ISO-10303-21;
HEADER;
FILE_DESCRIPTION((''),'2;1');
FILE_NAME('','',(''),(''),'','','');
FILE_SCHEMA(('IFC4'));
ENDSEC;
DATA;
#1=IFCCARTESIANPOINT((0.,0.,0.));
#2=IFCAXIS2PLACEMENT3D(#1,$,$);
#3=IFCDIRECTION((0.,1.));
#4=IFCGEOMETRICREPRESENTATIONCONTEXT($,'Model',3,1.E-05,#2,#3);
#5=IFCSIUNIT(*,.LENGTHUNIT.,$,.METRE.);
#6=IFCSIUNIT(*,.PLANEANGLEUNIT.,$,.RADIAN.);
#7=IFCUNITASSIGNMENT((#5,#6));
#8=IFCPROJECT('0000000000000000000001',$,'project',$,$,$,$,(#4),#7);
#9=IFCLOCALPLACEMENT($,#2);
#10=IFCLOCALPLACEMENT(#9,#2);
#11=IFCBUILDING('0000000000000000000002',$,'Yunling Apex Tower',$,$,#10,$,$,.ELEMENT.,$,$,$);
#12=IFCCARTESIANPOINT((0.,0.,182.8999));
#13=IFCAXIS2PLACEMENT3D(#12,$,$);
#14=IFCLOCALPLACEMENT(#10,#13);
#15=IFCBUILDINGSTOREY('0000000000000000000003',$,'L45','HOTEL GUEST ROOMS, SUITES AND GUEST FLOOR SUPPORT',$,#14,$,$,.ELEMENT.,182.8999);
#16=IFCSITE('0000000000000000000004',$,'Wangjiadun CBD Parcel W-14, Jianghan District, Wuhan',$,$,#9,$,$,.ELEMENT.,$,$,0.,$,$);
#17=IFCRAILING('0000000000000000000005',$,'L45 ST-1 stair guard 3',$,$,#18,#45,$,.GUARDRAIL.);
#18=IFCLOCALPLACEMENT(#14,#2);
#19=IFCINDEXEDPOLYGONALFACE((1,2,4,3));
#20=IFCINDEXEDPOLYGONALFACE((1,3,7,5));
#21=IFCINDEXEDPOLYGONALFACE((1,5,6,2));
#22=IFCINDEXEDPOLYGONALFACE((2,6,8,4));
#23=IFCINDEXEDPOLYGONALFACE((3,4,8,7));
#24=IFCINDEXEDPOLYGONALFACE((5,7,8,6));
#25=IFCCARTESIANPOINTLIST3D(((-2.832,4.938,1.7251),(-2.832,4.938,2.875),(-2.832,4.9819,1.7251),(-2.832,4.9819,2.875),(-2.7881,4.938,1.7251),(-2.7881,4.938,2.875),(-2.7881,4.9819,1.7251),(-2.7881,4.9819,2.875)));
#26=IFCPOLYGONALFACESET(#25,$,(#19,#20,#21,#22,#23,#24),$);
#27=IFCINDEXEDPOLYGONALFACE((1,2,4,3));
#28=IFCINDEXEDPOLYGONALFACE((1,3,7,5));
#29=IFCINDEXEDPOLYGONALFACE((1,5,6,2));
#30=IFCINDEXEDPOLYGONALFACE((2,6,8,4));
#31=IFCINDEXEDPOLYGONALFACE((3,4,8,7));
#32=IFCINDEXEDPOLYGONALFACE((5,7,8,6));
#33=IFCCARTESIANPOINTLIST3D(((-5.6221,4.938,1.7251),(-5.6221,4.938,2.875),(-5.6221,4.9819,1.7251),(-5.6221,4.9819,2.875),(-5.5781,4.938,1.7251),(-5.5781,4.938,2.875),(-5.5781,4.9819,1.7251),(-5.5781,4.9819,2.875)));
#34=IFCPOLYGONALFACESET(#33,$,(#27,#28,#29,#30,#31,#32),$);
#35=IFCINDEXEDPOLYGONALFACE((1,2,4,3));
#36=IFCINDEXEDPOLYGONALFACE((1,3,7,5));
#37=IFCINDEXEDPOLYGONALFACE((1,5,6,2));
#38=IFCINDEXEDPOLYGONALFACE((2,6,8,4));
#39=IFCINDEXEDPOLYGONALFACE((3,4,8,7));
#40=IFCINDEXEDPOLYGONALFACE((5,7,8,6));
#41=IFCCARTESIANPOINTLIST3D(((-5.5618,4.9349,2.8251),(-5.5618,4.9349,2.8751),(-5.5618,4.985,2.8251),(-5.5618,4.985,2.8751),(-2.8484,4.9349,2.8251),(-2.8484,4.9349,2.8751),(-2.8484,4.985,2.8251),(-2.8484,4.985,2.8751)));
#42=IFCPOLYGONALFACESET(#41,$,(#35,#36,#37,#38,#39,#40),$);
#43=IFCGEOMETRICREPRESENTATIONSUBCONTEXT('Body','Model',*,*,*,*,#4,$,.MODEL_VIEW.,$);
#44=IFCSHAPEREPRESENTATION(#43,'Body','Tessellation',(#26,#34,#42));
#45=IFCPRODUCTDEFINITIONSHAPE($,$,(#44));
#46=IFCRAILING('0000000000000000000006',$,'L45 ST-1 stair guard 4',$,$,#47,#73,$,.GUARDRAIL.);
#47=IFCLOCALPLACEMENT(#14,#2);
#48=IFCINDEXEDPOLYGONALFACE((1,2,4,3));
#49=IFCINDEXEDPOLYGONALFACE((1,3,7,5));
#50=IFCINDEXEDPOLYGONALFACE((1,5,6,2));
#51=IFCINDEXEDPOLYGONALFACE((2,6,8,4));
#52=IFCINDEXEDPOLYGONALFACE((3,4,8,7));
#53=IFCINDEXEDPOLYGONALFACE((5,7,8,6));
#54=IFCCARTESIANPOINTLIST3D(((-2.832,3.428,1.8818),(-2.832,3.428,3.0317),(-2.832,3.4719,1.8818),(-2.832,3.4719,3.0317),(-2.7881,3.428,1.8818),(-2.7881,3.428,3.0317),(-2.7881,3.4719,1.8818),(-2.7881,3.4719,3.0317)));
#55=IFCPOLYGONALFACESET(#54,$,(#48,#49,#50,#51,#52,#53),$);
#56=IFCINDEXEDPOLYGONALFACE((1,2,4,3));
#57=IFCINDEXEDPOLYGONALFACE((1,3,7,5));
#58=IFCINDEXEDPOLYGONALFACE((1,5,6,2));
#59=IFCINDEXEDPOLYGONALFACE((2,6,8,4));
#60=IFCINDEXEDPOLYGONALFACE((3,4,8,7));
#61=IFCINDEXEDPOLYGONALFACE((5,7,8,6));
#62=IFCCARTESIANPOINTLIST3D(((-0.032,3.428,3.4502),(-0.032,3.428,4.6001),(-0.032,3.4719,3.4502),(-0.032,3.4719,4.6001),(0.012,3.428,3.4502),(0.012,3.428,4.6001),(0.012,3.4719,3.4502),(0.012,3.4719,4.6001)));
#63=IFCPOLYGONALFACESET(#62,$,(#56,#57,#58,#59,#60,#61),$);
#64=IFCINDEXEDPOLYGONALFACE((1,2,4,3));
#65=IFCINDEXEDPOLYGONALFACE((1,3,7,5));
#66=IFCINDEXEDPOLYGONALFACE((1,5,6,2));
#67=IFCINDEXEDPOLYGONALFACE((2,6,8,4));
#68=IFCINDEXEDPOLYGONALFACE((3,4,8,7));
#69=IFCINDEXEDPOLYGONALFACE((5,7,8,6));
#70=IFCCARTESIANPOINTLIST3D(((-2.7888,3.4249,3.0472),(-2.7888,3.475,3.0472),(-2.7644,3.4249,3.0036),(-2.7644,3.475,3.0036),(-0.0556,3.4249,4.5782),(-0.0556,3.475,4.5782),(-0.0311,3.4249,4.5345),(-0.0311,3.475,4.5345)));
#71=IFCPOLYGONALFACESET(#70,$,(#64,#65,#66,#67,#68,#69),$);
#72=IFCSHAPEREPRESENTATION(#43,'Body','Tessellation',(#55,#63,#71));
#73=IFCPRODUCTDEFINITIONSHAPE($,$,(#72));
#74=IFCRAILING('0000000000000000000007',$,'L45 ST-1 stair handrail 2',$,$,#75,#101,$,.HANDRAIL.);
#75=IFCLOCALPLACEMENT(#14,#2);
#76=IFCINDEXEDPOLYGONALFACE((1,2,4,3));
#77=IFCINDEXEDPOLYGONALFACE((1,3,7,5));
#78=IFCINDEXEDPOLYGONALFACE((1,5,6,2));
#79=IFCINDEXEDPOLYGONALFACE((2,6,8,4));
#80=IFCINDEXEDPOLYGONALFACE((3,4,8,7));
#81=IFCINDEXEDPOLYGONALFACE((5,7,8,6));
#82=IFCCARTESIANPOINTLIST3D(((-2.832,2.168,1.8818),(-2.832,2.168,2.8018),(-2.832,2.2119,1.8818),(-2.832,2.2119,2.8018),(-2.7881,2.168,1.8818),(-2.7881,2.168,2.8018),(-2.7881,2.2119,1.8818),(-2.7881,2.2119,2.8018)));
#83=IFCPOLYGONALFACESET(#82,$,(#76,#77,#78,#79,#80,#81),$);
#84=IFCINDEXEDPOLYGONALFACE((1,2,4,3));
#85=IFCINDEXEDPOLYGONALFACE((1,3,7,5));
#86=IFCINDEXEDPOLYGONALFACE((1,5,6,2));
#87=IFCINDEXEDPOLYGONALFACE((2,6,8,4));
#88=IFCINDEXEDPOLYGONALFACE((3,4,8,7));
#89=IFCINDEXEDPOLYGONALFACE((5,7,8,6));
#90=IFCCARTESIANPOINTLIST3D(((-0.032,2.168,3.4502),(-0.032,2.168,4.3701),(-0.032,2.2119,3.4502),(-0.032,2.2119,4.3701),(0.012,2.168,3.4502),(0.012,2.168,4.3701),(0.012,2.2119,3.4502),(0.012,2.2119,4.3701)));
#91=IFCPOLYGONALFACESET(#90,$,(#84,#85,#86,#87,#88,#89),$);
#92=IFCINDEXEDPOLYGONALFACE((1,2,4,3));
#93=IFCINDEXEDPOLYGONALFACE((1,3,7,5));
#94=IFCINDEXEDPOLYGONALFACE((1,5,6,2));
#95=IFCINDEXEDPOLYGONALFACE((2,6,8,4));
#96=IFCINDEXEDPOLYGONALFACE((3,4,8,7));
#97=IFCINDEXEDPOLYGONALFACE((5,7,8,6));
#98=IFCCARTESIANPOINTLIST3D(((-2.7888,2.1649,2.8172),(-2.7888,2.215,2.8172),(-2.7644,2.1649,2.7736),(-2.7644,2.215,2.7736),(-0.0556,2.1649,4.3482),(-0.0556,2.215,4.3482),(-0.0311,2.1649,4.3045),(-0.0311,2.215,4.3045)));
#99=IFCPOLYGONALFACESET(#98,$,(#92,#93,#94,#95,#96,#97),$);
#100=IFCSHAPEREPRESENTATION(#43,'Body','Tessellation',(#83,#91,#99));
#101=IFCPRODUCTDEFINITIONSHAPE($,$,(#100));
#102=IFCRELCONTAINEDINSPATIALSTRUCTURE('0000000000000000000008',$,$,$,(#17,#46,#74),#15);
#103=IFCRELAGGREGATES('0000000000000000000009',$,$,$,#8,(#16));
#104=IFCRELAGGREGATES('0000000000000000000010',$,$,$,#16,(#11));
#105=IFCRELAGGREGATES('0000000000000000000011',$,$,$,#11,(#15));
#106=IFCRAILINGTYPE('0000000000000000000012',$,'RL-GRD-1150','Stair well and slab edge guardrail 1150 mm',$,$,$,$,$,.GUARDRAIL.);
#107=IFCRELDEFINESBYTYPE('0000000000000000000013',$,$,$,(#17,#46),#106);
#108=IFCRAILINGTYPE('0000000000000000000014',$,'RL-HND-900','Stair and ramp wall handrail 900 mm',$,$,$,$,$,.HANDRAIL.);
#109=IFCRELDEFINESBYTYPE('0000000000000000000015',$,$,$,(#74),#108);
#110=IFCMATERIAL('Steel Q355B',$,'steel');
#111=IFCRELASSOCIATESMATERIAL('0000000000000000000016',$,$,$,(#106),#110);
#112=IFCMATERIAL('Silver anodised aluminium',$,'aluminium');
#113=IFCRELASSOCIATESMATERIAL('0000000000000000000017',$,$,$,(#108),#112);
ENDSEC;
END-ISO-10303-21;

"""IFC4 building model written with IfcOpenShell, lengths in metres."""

from ifc_helpers import new_model, si_unit, direction, frame, origin, origin_2d, place, context, subcontext, project, spatial, rectangle, extrude, material, type_object, element, save


model = new_model("IFC4")

# Units and contexts
model_context = context("Model", 3, precision=1e-05, world=origin(), true_north=direction((0.0, 1.0)))
body_context = subcontext(model_context, "Body", "Model", "MODEL_VIEW")
ifc_project = project(units=[si_unit("LENGTHUNIT", "METRE"), si_unit("PLANEANGLEUNIT", "RADIAN")], contexts=[model_context])

# Site, building, storey
site_placement = place(None, origin())
site = spatial("IfcSite", under=ifc_project, at=site_placement, Name="Wangjiadun CBD Parcel W-14, Jianghan District, Wuhan", CompositionType="ELEMENT", RefElevation=0.0)
building_placement = place(site_placement, origin())
building = spatial("IfcBuilding", under=site, at=building_placement, Name="Yunling Apex Tower", CompositionType="ELEMENT")
storey_placement = place(building_placement, frame((0.0, 0.0, 182.8999)))
storey = spatial("IfcBuildingStorey", under=building, at=storey_placement, Name="L45", Description="HOTEL GUEST ROOMS, SUITES AND GUEST FLOOR SUPPORT", CompositionType="ELEMENT", Elevation=182.8999)

# Shared definitions
ifc_material_1 = material(Name="Steel Q355B", Category="steel")

# Shared definitions
ifc_material_2 = material(Name="Silver anodised aluminium", Category="aluminium")

# Railings
railing_type_1 = type_object("IfcRailingType", Name="RL-GRD-1150", Description="Stair well and slab edge guardrail 1150 mm", PredefinedType="GUARDRAIL", material=ifc_material_1)
railing_1_placement = place(storey_placement, frame((-2.8101, 4.96, 1.7251)))
element("IfcRailing", 1, at=railing_1_placement, inside=storey, type_object=railing_type_1, Name="L45 ST-1 stair guard 3", PredefinedType="GUARDRAIL", context=body_context, shape_type="SweptSolid", body=[
    extrude(rectangle(XDim=0.0439, YDim=0.0439, at=origin_2d()), origin(), (0.0, 0.0, 1.0), 1.1499),
    extrude(rectangle(XDim=0.0439, YDim=0.0439, at=origin_2d()), frame((-2.79, 0.0, 0.0)), (0.0, 0.0, 1.0), 1.1499),
    extrude(rectangle(XDim=0.05, YDim=0.05, at=origin_2d()), frame((-0.0383, 0.0, 1.125), z_axis=(-1.0, 0.0, 0.0), x_axis=(0.0, -1.0, 0.0)), (0.0, 0.0, 1.0), 2.7134),
])
railing_2_placement = place(storey_placement, frame((-2.8101, 3.45, 1.8818)))
element("IfcRailing", 2, at=railing_2_placement, inside=storey, type_object=railing_type_1, Name="L45 ST-1 stair guard 4", PredefinedType="GUARDRAIL", context=body_context, shape_type="SweptSolid", body=[
    extrude(rectangle(XDim=0.0439, YDim=0.0439, at=origin_2d()), origin(), (0.0, 0.0, 1.0), 1.1499),
    extrude(rectangle(XDim=0.0439, YDim=0.0439, at=origin_2d()), frame((2.8, 0.0, 1.5684)), (0.0, 0.0, 1.0), 1.1499),
    extrude(rectangle(XDim=0.05, YDim=0.05, at=origin_2d()), frame((0.0334, 0.0, 1.1436), z_axis=(0.872462, 0.0, 0.488682), x_axis=(0.0, 1.0, 0.0)), (0.0, 0.0, 1.0), 3.1328),
])
railing_type_2 = type_object("IfcRailingType", Name="RL-HND-900", Description="Stair and ramp wall handrail 900 mm", PredefinedType="HANDRAIL", material=ifc_material_2)
railing_3_placement = place(storey_placement, frame((-2.8101, 2.1899, 1.8818)))
element("IfcRailing", 3, at=railing_3_placement, inside=storey, type_object=railing_type_2, Name="L45 ST-1 stair handrail 2", PredefinedType="HANDRAIL", context=body_context, shape_type="SweptSolid", body=[
    extrude(rectangle(XDim=0.0439, YDim=0.0439, at=origin_2d()), origin(), (0.0, 0.0, 1.0), 0.9199),
    extrude(rectangle(XDim=0.0439, YDim=0.0439, at=origin_2d()), frame((2.8, 0.0, 1.5684)), (0.0, 0.0, 1.0), 0.9199),
    extrude(rectangle(XDim=0.05, YDim=0.05, at=origin_2d()), frame((0.0334, 0.0, 0.9136), z_axis=(0.872462, 0.0, 0.488682), x_axis=(0.0, 1.0, 0.0)), (0.0, 0.0, 1.0), 3.1328),
])

save(model, "model.ifc")
